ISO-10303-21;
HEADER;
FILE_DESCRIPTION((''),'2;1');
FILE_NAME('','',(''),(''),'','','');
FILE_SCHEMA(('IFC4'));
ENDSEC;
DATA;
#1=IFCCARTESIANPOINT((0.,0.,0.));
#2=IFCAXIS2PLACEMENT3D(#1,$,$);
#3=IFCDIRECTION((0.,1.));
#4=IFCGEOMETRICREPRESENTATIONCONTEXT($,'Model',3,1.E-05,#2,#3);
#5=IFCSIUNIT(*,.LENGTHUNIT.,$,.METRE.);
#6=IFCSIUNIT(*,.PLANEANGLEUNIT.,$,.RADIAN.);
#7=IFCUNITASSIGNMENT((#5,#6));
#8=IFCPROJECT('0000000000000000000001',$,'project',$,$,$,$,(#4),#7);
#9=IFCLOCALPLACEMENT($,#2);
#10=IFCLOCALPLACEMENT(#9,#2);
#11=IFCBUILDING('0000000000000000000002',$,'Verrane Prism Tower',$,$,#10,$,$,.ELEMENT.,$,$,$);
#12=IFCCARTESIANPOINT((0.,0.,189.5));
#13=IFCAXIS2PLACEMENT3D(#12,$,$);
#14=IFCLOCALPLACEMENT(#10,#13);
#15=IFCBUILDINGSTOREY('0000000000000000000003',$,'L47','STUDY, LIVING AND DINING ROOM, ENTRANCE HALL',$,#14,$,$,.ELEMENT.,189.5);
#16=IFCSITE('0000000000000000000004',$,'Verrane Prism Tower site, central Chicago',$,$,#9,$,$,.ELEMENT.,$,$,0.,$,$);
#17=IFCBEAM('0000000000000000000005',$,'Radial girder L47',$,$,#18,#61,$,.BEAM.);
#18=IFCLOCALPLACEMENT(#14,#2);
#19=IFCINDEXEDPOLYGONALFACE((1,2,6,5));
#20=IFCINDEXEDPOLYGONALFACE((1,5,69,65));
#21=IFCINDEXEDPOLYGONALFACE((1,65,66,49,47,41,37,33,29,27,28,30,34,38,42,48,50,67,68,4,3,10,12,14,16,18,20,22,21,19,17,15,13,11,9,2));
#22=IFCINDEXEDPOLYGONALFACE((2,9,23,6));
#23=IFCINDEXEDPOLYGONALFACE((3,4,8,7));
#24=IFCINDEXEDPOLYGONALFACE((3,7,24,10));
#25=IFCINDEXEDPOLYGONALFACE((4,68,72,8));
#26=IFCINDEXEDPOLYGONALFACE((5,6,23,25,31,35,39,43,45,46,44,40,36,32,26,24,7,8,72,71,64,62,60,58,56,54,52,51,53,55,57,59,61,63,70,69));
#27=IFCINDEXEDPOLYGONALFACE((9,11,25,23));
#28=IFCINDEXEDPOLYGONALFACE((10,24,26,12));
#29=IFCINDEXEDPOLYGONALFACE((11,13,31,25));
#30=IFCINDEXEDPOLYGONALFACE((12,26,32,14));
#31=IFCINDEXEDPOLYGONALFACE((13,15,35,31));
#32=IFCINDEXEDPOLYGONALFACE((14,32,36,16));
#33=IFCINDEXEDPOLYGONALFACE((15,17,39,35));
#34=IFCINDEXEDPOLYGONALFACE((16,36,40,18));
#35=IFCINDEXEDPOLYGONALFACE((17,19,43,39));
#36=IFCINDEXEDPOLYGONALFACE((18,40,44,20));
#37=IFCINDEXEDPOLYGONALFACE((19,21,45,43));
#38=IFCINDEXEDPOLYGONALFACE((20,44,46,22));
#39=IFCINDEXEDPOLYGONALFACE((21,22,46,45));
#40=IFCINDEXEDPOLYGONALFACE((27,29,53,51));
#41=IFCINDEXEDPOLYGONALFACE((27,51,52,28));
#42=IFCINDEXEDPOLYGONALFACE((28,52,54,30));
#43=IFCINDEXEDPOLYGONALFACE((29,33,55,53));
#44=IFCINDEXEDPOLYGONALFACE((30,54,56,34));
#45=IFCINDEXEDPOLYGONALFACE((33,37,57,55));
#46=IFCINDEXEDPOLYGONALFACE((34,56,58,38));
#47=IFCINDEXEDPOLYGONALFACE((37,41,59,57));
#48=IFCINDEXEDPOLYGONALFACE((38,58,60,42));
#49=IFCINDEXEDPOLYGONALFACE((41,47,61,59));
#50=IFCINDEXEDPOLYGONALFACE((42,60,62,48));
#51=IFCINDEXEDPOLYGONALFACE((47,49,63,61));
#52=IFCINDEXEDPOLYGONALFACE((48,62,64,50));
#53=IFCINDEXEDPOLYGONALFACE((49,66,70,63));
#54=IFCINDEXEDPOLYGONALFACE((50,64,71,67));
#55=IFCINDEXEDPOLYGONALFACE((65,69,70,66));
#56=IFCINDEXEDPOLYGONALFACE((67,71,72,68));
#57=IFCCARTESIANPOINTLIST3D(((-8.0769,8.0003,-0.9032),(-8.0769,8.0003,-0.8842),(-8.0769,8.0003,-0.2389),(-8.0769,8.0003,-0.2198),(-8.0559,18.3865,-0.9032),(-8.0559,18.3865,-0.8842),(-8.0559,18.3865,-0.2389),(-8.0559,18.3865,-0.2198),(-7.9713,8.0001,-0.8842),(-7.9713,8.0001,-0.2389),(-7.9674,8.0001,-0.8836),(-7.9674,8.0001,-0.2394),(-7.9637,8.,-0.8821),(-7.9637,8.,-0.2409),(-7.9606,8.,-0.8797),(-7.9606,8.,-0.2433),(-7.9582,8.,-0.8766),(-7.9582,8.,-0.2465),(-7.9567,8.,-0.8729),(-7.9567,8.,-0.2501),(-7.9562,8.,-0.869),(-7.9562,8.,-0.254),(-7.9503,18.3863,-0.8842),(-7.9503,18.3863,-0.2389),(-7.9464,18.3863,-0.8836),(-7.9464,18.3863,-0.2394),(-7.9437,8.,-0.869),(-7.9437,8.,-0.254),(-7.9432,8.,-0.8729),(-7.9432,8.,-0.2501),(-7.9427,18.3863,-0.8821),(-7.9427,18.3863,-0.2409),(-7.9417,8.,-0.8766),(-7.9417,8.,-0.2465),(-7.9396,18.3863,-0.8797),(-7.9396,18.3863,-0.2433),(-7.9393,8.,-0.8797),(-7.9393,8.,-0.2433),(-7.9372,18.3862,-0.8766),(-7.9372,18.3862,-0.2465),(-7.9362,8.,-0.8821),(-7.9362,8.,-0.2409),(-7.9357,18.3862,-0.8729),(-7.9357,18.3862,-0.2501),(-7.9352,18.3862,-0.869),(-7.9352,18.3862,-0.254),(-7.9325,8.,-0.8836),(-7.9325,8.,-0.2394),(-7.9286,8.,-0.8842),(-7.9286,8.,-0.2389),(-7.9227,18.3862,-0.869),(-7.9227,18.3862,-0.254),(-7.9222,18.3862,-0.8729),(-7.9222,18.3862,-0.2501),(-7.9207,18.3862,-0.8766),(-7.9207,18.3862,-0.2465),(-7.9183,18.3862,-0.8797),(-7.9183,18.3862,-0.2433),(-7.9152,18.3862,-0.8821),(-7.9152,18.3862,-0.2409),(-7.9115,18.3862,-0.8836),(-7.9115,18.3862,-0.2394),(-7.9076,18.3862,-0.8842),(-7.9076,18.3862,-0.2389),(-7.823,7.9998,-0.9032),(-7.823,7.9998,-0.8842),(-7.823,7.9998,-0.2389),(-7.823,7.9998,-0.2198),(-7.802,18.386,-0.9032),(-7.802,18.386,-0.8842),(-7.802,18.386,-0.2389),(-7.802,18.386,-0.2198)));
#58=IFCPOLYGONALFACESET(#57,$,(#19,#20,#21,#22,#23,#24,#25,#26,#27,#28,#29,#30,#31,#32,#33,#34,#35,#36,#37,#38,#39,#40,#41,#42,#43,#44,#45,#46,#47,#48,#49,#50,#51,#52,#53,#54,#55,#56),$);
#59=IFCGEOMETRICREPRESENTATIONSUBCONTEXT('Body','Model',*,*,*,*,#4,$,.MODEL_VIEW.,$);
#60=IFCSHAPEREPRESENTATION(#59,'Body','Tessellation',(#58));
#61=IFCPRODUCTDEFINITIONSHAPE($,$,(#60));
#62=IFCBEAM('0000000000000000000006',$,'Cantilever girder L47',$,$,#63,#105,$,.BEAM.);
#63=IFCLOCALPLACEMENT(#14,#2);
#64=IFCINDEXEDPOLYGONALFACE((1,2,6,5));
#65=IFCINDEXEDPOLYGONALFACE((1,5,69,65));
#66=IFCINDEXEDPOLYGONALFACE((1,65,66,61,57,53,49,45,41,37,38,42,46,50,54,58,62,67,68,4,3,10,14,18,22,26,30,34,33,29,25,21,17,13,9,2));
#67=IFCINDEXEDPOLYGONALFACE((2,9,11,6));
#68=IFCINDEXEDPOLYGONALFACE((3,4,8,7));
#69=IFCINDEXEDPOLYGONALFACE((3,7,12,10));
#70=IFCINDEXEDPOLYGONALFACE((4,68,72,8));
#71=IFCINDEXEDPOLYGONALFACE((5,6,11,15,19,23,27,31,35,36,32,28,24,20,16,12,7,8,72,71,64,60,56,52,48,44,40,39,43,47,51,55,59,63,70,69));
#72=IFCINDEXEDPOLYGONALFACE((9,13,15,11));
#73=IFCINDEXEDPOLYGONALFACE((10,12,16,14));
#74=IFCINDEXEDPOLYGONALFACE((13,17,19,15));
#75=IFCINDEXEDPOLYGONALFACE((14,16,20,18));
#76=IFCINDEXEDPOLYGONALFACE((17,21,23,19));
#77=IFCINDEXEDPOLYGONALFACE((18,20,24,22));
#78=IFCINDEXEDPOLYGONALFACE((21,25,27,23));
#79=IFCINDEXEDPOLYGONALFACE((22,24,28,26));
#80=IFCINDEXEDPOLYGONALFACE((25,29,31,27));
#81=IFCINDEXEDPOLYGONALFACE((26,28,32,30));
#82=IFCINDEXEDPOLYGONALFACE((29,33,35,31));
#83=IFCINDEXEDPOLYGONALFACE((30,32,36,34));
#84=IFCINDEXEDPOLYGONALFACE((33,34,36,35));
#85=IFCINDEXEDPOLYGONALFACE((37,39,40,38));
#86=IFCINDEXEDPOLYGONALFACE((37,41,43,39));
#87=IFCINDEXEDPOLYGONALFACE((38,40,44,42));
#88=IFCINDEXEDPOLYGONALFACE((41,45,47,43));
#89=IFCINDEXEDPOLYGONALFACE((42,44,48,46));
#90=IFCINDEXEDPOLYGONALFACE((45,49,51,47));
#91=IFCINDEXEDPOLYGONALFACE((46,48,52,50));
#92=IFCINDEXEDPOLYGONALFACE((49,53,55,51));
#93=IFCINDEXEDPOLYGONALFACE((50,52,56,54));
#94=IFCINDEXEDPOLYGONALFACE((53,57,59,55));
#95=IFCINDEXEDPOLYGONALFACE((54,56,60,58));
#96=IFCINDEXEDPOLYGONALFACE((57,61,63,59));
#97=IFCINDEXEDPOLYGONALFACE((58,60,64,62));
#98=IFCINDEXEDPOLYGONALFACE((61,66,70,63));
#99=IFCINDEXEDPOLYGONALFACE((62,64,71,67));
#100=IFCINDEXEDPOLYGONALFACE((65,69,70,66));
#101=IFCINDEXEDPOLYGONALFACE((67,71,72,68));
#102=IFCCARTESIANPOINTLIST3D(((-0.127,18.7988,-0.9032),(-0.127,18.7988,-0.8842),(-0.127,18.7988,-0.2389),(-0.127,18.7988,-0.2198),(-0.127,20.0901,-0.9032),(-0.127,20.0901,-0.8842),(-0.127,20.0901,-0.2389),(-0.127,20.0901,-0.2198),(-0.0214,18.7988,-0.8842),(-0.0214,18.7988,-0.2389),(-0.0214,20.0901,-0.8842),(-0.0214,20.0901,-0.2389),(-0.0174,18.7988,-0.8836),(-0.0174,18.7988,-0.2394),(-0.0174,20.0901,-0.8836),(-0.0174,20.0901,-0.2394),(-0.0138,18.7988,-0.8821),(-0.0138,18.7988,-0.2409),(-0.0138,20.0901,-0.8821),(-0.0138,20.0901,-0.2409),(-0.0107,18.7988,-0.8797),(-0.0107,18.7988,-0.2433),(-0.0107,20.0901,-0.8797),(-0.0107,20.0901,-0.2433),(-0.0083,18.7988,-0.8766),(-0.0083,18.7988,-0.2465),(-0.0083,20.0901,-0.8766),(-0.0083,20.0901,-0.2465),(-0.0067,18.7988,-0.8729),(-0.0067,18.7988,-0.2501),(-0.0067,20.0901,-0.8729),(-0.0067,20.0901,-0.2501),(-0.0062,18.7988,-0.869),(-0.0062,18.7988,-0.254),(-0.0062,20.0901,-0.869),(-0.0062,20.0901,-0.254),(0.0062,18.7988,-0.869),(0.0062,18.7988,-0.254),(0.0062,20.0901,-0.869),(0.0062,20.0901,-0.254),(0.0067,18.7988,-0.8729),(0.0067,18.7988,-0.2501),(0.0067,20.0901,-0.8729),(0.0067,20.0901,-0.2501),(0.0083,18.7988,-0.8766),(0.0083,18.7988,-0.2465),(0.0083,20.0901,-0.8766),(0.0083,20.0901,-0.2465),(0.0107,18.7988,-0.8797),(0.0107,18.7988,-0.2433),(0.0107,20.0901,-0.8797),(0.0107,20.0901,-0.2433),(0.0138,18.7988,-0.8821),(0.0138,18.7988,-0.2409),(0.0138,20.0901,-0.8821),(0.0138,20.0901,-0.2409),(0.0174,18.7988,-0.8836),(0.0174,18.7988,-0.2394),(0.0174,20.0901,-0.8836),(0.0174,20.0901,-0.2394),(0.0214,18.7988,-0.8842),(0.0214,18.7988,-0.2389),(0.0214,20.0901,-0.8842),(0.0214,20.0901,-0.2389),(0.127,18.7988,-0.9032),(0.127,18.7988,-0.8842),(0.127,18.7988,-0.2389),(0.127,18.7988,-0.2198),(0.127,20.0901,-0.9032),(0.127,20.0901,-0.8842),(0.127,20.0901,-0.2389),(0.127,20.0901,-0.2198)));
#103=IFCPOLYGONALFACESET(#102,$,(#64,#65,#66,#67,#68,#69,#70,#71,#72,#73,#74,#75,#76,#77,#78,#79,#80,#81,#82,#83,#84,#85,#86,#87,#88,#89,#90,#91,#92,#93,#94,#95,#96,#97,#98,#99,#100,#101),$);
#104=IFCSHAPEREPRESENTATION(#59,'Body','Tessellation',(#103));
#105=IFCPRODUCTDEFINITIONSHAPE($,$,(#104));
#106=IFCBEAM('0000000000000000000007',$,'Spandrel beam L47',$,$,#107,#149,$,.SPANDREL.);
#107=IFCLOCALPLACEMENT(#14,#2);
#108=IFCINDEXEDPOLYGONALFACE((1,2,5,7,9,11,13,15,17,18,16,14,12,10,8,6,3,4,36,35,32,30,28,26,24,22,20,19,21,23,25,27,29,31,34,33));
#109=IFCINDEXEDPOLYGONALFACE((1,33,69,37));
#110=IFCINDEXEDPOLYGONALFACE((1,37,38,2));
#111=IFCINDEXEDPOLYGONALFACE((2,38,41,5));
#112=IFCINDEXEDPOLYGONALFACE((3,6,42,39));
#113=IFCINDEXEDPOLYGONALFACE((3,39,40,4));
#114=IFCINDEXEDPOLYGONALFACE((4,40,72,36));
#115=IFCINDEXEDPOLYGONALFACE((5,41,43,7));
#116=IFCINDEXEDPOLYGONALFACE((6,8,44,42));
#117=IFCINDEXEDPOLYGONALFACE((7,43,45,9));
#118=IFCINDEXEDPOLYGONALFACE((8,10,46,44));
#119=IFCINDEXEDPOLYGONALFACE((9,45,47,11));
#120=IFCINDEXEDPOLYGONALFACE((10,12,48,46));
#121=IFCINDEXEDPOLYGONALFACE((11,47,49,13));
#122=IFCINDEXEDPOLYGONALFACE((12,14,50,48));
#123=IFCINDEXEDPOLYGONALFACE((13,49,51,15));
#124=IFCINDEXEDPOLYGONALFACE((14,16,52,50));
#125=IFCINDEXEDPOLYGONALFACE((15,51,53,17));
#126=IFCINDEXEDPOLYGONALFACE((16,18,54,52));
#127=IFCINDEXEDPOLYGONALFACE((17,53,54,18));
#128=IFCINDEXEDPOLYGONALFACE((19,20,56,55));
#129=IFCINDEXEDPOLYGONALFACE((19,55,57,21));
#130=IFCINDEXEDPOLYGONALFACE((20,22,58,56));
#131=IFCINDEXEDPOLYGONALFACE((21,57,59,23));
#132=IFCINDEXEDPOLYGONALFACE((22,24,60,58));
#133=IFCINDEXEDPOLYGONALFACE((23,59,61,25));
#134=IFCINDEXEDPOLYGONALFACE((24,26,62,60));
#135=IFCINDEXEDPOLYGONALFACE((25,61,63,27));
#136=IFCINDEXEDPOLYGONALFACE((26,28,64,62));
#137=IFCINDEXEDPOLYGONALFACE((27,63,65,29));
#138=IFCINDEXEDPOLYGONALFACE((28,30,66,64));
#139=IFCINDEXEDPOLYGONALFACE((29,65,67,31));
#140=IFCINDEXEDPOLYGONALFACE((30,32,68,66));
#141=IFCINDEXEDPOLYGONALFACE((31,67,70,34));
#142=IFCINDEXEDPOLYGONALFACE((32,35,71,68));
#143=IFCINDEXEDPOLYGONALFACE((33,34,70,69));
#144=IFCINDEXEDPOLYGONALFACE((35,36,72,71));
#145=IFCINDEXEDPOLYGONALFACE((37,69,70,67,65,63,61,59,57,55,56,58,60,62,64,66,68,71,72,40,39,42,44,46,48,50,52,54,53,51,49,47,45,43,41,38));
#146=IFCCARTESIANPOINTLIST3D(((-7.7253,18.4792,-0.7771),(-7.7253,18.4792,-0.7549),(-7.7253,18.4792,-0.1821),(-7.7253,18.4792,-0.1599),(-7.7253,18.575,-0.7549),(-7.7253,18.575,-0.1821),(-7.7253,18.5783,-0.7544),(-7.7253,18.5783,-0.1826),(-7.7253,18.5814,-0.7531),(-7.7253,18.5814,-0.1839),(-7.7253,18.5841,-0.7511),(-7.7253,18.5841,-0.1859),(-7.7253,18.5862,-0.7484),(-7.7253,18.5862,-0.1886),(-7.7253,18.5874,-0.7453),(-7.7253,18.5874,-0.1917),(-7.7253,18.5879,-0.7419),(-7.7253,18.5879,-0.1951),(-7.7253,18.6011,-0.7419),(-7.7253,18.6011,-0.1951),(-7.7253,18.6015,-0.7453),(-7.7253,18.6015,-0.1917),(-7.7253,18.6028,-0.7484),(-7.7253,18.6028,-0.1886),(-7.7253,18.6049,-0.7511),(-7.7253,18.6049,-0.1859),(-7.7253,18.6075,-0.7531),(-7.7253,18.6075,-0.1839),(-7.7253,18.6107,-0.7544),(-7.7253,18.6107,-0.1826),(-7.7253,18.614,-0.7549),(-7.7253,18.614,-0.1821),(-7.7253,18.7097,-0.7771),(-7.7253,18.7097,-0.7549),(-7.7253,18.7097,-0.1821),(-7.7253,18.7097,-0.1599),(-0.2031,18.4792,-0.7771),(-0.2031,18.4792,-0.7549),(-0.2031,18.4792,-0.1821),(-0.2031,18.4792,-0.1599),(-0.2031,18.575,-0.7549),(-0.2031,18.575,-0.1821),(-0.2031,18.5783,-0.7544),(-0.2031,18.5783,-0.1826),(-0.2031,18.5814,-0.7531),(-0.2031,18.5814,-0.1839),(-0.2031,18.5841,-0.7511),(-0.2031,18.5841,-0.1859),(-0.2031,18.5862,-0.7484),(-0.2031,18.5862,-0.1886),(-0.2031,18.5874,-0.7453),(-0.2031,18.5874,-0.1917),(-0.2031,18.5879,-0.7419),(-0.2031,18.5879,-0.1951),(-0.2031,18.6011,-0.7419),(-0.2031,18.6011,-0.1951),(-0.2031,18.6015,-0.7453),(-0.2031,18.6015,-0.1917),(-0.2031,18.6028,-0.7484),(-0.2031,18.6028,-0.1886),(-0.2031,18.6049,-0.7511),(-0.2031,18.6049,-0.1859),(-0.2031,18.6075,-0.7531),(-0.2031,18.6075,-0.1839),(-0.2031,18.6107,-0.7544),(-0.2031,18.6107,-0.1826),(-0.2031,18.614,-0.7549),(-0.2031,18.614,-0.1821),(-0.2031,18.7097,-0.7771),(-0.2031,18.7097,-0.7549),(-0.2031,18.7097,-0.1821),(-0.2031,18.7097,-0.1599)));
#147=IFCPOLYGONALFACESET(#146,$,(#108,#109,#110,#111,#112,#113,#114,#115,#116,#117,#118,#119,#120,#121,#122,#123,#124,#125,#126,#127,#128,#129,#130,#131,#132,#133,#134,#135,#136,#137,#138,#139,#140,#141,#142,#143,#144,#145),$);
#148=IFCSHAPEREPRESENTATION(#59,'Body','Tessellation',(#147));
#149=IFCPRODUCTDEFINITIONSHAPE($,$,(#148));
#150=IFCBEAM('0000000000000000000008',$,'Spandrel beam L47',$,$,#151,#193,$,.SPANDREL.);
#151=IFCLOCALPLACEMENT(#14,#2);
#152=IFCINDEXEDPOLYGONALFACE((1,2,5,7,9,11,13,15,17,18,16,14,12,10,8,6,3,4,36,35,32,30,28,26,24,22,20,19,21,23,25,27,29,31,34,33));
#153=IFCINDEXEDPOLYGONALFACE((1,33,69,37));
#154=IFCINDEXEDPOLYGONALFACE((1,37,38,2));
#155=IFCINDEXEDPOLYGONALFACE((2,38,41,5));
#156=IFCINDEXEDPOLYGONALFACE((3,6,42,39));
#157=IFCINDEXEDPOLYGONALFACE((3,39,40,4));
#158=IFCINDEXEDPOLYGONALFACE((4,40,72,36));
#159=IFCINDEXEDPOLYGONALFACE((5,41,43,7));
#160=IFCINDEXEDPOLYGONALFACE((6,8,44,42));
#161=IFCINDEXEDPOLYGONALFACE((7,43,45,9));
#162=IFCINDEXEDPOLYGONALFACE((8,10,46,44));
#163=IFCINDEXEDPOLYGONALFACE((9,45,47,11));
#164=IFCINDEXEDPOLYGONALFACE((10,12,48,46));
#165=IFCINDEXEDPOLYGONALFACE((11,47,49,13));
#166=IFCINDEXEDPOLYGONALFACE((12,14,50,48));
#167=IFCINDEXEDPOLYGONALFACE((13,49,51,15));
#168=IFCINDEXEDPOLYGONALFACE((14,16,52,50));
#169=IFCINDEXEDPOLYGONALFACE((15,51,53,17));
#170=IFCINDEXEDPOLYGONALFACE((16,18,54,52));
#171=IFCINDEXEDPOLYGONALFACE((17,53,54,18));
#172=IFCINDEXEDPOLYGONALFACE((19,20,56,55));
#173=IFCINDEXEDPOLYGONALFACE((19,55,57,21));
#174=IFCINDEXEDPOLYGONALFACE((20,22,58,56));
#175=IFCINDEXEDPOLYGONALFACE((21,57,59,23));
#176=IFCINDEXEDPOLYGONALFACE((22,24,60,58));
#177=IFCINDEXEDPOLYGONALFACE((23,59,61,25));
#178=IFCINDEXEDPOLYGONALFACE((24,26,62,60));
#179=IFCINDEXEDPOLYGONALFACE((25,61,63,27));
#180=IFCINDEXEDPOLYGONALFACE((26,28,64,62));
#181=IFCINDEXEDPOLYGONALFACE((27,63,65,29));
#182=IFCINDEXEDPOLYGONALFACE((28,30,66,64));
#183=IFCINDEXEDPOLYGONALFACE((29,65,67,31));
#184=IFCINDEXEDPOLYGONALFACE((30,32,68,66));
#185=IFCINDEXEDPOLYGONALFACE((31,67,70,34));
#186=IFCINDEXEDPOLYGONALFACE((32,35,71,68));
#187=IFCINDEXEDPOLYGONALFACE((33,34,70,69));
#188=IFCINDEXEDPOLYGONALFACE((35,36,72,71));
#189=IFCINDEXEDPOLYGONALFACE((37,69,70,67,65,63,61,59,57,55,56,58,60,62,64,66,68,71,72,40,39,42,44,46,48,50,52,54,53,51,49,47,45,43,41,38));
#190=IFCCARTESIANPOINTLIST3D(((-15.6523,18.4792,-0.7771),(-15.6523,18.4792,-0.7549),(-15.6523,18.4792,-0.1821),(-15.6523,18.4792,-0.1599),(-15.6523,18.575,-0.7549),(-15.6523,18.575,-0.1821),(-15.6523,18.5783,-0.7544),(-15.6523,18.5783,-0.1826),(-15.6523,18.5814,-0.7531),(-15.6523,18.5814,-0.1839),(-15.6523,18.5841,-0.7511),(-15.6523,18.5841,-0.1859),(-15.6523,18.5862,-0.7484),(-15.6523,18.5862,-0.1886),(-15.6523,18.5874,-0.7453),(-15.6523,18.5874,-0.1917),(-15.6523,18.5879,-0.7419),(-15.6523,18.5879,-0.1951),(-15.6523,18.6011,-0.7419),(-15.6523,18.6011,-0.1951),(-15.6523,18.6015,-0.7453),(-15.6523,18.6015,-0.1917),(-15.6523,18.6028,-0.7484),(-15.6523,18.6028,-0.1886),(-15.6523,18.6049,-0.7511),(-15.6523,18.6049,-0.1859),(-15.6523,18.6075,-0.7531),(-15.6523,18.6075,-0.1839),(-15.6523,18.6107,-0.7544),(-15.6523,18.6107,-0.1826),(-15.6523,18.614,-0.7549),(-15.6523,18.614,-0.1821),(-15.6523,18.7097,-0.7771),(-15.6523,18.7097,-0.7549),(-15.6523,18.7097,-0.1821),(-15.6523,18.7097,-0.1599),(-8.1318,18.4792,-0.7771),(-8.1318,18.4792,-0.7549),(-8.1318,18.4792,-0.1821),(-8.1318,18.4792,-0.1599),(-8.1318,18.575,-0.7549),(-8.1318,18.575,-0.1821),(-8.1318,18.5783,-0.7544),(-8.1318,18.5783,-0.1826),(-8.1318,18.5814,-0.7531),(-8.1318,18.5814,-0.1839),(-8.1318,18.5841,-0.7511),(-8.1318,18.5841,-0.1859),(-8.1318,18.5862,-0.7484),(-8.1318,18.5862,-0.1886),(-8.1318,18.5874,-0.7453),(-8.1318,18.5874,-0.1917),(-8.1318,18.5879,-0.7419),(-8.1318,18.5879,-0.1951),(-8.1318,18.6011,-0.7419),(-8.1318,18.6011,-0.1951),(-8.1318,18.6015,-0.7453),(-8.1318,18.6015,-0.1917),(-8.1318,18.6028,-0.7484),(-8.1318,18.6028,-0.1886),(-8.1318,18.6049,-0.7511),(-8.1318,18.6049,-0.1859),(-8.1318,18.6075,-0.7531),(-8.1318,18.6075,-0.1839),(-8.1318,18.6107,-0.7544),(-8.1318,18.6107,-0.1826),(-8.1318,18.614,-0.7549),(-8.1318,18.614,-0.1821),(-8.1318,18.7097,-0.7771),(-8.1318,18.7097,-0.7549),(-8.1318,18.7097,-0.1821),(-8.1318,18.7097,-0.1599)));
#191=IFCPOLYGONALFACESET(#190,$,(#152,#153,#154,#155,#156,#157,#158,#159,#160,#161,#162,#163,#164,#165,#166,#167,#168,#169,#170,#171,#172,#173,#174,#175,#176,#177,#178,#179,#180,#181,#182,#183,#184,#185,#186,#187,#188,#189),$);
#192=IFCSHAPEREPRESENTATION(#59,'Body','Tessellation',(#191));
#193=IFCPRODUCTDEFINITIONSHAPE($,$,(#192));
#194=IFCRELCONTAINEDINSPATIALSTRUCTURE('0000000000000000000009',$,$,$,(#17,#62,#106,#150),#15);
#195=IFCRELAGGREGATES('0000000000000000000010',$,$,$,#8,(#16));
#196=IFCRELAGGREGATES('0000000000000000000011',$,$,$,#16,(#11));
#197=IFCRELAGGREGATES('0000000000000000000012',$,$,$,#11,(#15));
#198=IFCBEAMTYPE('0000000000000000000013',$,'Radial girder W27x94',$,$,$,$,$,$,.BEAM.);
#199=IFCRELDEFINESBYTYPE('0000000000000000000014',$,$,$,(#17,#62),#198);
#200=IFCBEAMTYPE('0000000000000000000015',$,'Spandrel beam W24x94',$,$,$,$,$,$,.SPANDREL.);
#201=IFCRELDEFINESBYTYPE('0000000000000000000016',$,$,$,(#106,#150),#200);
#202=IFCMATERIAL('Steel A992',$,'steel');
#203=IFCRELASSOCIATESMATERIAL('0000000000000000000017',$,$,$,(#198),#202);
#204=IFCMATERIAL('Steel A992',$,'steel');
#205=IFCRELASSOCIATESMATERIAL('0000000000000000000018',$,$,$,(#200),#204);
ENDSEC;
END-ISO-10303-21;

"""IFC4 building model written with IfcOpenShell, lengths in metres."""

from ifc_helpers import new_model, si_unit, direction, frame, origin, origin_2d, place, context, subcontext, project, spatial, i_section, extrude, material, material_profile, profile_set, type_object, element, save


model = new_model("IFC4")

# Units and contexts
model_context = context("Model", 3, precision=1e-05, world=origin(), true_north=direction((0.0, 1.0)))
body_context = subcontext(model_context, "Body", "Model", "MODEL_VIEW")
ifc_project = project(units=[si_unit("LENGTHUNIT", "METRE"), si_unit("PLANEANGLEUNIT", "RADIAN")], contexts=[model_context])

# Site, building, storey
site_placement = place(None, origin())
site = spatial("IfcSite", under=ifc_project, at=site_placement, Name="Verrane Prism Tower site, central Chicago", CompositionType="ELEMENT", RefElevation=0.0)
building_placement = place(site_placement, origin())
building = spatial("IfcBuilding", under=site, at=building_placement, Name="Verrane Prism Tower", CompositionType="ELEMENT")
storey_placement = place(building_placement, frame((0.0, 0.0, 189.5)))
storey = spatial("IfcBuildingStorey", under=building, at=storey_placement, Name="L47", Description="STUDY, LIVING AND DINING ROOM, ENTRANCE HALL", CompositionType="ELEMENT", Elevation=189.5)

# Beams
ifc_material_1 = material(Name="Steel A992", Category="steel")
ifc_material_profile_1 = material_profile(ifc_material_1, i_section(OverallWidth=0.2539, OverallDepth=0.6833, WebThickness=0.0125, FlangeThickness=0.019, FilletRadius=0.0151, at=origin_2d()), Name="W27x94")
ifc_profile_set_1 = profile_set([ifc_material_profile_1], Name="Steel A992")
beam_type_1 = type_object("IfcBeamType", Name="Radial girder W27x94", PredefinedType="BEAM", material=ifc_profile_set_1)
for number, where, z_axis, x_axis, name in (
    (1, (-7.929, 18.3862, -0.5615), (-0.002022, -0.999998, 0.0), (0.999998, -0.002022, 0.0), "Radial girder L47"),
):
    element("IfcBeam", number, at=place(storey_placement, frame(where, z_axis=z_axis, x_axis=x_axis)), inside=storey, type_object=beam_type_1, Name=name, PredefinedType="BEAM", context=body_context, shape_type="SweptSolid", body=[
        extrude(i_section(OverallWidth=0.2539, OverallDepth=0.6833, WebThickness=0.0125, FlangeThickness=0.019, FilletRadius=0.0151, at=origin_2d()), origin(), (0.0, 0.0, 1.0), 10.3862),
    ])
beam_1_placement = place(storey_placement, frame((0.0, 18.7988, -0.5615), z_axis=(0.0, 1.0, 0.0), x_axis=(-1.0, 0.0, 0.0)))
element("IfcBeam", 2, at=beam_1_placement, inside=storey, type_object=beam_type_1, Name="Cantilever girder L47", PredefinedType="BEAM", context=body_context, shape_type="SweptSolid", body=[
    extrude(i_section(OverallWidth=0.2539, OverallDepth=0.6833, WebThickness=0.0125, FlangeThickness=0.019, FilletRadius=0.0151, at=origin_2d()), origin(), (0.0, 0.0, 1.0), 1.2913),
])
ifc_material_2 = material(Name="Steel A992", Category="steel")
ifc_material_profile_2 = material_profile(ifc_material_2, i_section(OverallWidth=0.2305, OverallDepth=0.6172, WebThickness=0.0132, FlangeThickness=0.0222, FilletRadius=0.0129, at=origin_2d()), Name="W24x94")
ifc_profile_set_2 = profile_set([ifc_material_profile_2], Name="Steel A992")
beam_type_2 = type_object("IfcBeamType", Name="Spandrel beam W24x94", PredefinedType="SPANDREL", material=ifc_profile_set_2)
beam_2_placement = place(storey_placement, frame((-0.2031, 18.5945, -0.4685), z_axis=(-1.0, 0.0, 0.0), x_axis=(0.0, -1.0, 0.0)))
element("IfcBeam", 3, at=beam_2_placement, inside=storey, type_object=beam_type_2, Name="Spandrel beam L47", PredefinedType="SPANDREL", context=body_context, shape_type="SweptSolid", body=[
    extrude(i_section(OverallWidth=0.2305, OverallDepth=0.6172, WebThickness=0.0132, FlangeThickness=0.0222, FilletRadius=0.0129, at=origin_2d()), origin(), (0.0, 0.0, 1.0), 7.5222),
])
beam_3_placement = place(storey_placement, frame((-8.1318, 18.5945, -0.4685), z_axis=(-1.0, 0.0, 0.0), x_axis=(0.0, -1.0, 0.0)))
element("IfcBeam", 4, at=beam_3_placement, inside=storey, type_object=beam_type_2, Name="Spandrel beam L47", PredefinedType="SPANDREL", context=body_context, shape_type="SweptSolid", body=[
    extrude(i_section(OverallWidth=0.2305, OverallDepth=0.6172, WebThickness=0.0132, FlangeThickness=0.0222, FilletRadius=0.0129, at=origin_2d()), origin(), (0.0, 0.0, 1.0), 7.5205),
])

save(model, "model.ifc")
